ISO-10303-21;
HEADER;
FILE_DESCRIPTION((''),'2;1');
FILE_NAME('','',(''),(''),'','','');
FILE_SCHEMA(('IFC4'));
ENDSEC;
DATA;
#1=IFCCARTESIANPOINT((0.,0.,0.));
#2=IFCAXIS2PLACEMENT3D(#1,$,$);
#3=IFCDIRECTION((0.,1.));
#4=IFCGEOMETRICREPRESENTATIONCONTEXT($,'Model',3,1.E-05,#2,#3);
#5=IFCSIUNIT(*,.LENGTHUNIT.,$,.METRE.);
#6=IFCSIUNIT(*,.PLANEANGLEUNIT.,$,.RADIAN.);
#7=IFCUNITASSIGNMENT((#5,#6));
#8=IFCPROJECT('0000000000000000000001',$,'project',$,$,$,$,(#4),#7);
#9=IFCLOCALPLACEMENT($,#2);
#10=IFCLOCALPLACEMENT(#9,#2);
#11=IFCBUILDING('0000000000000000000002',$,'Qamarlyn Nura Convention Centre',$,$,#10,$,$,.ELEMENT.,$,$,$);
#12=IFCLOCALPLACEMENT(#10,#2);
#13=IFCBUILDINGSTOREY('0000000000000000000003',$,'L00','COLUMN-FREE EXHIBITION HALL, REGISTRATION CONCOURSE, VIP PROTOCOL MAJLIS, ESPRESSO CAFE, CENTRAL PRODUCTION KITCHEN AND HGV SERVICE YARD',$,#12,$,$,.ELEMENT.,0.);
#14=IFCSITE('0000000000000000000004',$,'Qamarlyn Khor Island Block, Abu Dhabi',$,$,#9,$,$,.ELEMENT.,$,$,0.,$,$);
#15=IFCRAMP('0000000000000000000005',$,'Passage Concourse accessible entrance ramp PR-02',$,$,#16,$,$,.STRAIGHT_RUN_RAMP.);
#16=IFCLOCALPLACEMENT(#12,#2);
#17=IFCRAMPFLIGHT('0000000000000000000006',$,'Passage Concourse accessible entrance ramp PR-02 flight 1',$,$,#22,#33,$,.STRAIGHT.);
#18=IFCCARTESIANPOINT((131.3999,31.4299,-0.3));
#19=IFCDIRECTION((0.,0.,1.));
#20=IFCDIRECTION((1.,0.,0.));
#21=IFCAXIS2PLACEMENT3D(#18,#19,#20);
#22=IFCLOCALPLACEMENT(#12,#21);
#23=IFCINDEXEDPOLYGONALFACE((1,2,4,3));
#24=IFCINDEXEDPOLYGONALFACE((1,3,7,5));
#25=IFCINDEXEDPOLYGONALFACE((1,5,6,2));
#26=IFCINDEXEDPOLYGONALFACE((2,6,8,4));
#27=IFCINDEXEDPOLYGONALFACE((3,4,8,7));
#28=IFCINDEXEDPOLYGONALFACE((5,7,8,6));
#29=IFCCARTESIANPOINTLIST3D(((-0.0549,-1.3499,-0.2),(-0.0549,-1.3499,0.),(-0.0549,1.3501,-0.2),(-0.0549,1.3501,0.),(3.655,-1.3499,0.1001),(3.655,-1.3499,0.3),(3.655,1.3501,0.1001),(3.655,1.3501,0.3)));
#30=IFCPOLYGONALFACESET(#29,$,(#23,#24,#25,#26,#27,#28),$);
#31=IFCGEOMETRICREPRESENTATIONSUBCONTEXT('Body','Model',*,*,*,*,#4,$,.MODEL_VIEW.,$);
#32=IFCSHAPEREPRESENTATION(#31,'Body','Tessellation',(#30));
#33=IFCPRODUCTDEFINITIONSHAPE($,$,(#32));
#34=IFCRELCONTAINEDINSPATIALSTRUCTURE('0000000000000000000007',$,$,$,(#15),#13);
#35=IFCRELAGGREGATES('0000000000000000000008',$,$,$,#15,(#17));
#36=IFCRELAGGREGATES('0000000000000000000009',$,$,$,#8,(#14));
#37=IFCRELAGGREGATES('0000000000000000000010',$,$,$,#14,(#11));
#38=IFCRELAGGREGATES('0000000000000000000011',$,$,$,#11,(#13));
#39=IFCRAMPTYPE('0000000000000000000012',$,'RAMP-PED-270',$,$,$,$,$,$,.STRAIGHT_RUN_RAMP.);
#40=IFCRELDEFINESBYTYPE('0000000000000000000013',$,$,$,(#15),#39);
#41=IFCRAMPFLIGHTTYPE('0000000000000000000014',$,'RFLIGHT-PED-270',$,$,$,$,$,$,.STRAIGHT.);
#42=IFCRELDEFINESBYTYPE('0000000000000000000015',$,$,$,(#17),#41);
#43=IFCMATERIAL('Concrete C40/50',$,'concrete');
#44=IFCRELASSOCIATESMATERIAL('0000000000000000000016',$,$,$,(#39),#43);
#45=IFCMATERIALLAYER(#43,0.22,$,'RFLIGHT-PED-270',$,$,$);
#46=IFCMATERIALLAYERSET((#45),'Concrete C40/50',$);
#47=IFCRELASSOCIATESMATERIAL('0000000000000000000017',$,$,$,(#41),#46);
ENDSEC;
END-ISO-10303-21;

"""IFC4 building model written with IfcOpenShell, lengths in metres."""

from ifc_helpers import new_model, si_unit, direction, frame, origin, place, context, subcontext, project, spatial, polyline, outline, extrude, material, layer, layer_set, type_object, element, aggregate, save


model = new_model("IFC4")

# Units and contexts
model_context = context("Model", 3, precision=1e-05, world=origin(), true_north=direction((0.0, 1.0)))
body_context = subcontext(model_context, "Body", "Model", "MODEL_VIEW")
ifc_project = project(units=[si_unit("LENGTHUNIT", "METRE"), si_unit("PLANEANGLEUNIT", "RADIAN")], contexts=[model_context])

# Site, building, storey
site_placement = place(None, origin())
site = spatial("IfcSite", under=ifc_project, at=site_placement, Name="Qamarlyn Khor Island Block, Abu Dhabi", CompositionType="ELEMENT", RefElevation=0.0)
building_placement = place(site_placement, origin())
building = spatial("IfcBuilding", under=site, at=building_placement, Name="Qamarlyn Nura Convention Centre", CompositionType="ELEMENT")
storey_placement = place(building_placement, origin())
storey = spatial("IfcBuildingStorey", under=building, at=storey_placement, Name="L00", Description="COLUMN-FREE EXHIBITION HALL, REGISTRATION CONCOURSE, VIP PROTOCOL MAJLIS, ESPRESSO CAFE, CENTRAL PRODUCTION KITCHEN AND HGV SERVICE YARD", CompositionType="ELEMENT", Elevation=0.0)

# Shared definitions
ifc_material_1 = material(Name="Concrete C40/50", Category="concrete")

# Ramp, ramp flight
ramp_type = type_object("IfcRampType", Name="RAMP-PED-270", PredefinedType="STRAIGHT_RUN_RAMP", material=ifc_material_1)
ramp_placement = place(storey_placement, origin())
ramp = element("IfcRamp", 1, at=ramp_placement, inside=storey, type_object=ramp_type, Name="Passage Concourse accessible entrance ramp PR-02", PredefinedType="STRAIGHT_RUN_RAMP")
ifc_layer_1 = layer(ifc_material_1, 0.22, Name="RFLIGHT-PED-270")
ifc_layer_set_1 = layer_set([ifc_layer_1], Name="Concrete C40/50")
ramp_flight_type = type_object("IfcRampFlightType", Name="RFLIGHT-PED-270", PredefinedType="STRAIGHT", material=ifc_layer_set_1)
ramp_flight_placement = place(storey_placement, frame((131.3999, 31.4299, -0.3), z_axis=(0.0, 0.0, 1.0), x_axis=(1.0, 0.0, 0.0)))
ramp_flight = element("IfcRampFlight", 2, at=ramp_flight_placement, type_object=ramp_flight_type, Name="Passage Concourse accessible entrance ramp PR-02 flight 1", PredefinedType="STRAIGHT", context=body_context, shape_type="SweptSolid", body=[
    extrude(outline(polyline([(-0.0549, 0.0), (3.655, 0.3), (3.655, 0.1001), (-0.0549, -0.2), (-0.0549, 0.0)])), frame((0.0, 1.3501, 0.0), z_axis=(0.0, -1.0, 0.0), x_axis=(1.0, 0.0, 0.0)), (0.0, 0.0, 1.0), 2.7),
])
aggregate(ramp, [ramp_flight])

save(model, "model.ifc")
